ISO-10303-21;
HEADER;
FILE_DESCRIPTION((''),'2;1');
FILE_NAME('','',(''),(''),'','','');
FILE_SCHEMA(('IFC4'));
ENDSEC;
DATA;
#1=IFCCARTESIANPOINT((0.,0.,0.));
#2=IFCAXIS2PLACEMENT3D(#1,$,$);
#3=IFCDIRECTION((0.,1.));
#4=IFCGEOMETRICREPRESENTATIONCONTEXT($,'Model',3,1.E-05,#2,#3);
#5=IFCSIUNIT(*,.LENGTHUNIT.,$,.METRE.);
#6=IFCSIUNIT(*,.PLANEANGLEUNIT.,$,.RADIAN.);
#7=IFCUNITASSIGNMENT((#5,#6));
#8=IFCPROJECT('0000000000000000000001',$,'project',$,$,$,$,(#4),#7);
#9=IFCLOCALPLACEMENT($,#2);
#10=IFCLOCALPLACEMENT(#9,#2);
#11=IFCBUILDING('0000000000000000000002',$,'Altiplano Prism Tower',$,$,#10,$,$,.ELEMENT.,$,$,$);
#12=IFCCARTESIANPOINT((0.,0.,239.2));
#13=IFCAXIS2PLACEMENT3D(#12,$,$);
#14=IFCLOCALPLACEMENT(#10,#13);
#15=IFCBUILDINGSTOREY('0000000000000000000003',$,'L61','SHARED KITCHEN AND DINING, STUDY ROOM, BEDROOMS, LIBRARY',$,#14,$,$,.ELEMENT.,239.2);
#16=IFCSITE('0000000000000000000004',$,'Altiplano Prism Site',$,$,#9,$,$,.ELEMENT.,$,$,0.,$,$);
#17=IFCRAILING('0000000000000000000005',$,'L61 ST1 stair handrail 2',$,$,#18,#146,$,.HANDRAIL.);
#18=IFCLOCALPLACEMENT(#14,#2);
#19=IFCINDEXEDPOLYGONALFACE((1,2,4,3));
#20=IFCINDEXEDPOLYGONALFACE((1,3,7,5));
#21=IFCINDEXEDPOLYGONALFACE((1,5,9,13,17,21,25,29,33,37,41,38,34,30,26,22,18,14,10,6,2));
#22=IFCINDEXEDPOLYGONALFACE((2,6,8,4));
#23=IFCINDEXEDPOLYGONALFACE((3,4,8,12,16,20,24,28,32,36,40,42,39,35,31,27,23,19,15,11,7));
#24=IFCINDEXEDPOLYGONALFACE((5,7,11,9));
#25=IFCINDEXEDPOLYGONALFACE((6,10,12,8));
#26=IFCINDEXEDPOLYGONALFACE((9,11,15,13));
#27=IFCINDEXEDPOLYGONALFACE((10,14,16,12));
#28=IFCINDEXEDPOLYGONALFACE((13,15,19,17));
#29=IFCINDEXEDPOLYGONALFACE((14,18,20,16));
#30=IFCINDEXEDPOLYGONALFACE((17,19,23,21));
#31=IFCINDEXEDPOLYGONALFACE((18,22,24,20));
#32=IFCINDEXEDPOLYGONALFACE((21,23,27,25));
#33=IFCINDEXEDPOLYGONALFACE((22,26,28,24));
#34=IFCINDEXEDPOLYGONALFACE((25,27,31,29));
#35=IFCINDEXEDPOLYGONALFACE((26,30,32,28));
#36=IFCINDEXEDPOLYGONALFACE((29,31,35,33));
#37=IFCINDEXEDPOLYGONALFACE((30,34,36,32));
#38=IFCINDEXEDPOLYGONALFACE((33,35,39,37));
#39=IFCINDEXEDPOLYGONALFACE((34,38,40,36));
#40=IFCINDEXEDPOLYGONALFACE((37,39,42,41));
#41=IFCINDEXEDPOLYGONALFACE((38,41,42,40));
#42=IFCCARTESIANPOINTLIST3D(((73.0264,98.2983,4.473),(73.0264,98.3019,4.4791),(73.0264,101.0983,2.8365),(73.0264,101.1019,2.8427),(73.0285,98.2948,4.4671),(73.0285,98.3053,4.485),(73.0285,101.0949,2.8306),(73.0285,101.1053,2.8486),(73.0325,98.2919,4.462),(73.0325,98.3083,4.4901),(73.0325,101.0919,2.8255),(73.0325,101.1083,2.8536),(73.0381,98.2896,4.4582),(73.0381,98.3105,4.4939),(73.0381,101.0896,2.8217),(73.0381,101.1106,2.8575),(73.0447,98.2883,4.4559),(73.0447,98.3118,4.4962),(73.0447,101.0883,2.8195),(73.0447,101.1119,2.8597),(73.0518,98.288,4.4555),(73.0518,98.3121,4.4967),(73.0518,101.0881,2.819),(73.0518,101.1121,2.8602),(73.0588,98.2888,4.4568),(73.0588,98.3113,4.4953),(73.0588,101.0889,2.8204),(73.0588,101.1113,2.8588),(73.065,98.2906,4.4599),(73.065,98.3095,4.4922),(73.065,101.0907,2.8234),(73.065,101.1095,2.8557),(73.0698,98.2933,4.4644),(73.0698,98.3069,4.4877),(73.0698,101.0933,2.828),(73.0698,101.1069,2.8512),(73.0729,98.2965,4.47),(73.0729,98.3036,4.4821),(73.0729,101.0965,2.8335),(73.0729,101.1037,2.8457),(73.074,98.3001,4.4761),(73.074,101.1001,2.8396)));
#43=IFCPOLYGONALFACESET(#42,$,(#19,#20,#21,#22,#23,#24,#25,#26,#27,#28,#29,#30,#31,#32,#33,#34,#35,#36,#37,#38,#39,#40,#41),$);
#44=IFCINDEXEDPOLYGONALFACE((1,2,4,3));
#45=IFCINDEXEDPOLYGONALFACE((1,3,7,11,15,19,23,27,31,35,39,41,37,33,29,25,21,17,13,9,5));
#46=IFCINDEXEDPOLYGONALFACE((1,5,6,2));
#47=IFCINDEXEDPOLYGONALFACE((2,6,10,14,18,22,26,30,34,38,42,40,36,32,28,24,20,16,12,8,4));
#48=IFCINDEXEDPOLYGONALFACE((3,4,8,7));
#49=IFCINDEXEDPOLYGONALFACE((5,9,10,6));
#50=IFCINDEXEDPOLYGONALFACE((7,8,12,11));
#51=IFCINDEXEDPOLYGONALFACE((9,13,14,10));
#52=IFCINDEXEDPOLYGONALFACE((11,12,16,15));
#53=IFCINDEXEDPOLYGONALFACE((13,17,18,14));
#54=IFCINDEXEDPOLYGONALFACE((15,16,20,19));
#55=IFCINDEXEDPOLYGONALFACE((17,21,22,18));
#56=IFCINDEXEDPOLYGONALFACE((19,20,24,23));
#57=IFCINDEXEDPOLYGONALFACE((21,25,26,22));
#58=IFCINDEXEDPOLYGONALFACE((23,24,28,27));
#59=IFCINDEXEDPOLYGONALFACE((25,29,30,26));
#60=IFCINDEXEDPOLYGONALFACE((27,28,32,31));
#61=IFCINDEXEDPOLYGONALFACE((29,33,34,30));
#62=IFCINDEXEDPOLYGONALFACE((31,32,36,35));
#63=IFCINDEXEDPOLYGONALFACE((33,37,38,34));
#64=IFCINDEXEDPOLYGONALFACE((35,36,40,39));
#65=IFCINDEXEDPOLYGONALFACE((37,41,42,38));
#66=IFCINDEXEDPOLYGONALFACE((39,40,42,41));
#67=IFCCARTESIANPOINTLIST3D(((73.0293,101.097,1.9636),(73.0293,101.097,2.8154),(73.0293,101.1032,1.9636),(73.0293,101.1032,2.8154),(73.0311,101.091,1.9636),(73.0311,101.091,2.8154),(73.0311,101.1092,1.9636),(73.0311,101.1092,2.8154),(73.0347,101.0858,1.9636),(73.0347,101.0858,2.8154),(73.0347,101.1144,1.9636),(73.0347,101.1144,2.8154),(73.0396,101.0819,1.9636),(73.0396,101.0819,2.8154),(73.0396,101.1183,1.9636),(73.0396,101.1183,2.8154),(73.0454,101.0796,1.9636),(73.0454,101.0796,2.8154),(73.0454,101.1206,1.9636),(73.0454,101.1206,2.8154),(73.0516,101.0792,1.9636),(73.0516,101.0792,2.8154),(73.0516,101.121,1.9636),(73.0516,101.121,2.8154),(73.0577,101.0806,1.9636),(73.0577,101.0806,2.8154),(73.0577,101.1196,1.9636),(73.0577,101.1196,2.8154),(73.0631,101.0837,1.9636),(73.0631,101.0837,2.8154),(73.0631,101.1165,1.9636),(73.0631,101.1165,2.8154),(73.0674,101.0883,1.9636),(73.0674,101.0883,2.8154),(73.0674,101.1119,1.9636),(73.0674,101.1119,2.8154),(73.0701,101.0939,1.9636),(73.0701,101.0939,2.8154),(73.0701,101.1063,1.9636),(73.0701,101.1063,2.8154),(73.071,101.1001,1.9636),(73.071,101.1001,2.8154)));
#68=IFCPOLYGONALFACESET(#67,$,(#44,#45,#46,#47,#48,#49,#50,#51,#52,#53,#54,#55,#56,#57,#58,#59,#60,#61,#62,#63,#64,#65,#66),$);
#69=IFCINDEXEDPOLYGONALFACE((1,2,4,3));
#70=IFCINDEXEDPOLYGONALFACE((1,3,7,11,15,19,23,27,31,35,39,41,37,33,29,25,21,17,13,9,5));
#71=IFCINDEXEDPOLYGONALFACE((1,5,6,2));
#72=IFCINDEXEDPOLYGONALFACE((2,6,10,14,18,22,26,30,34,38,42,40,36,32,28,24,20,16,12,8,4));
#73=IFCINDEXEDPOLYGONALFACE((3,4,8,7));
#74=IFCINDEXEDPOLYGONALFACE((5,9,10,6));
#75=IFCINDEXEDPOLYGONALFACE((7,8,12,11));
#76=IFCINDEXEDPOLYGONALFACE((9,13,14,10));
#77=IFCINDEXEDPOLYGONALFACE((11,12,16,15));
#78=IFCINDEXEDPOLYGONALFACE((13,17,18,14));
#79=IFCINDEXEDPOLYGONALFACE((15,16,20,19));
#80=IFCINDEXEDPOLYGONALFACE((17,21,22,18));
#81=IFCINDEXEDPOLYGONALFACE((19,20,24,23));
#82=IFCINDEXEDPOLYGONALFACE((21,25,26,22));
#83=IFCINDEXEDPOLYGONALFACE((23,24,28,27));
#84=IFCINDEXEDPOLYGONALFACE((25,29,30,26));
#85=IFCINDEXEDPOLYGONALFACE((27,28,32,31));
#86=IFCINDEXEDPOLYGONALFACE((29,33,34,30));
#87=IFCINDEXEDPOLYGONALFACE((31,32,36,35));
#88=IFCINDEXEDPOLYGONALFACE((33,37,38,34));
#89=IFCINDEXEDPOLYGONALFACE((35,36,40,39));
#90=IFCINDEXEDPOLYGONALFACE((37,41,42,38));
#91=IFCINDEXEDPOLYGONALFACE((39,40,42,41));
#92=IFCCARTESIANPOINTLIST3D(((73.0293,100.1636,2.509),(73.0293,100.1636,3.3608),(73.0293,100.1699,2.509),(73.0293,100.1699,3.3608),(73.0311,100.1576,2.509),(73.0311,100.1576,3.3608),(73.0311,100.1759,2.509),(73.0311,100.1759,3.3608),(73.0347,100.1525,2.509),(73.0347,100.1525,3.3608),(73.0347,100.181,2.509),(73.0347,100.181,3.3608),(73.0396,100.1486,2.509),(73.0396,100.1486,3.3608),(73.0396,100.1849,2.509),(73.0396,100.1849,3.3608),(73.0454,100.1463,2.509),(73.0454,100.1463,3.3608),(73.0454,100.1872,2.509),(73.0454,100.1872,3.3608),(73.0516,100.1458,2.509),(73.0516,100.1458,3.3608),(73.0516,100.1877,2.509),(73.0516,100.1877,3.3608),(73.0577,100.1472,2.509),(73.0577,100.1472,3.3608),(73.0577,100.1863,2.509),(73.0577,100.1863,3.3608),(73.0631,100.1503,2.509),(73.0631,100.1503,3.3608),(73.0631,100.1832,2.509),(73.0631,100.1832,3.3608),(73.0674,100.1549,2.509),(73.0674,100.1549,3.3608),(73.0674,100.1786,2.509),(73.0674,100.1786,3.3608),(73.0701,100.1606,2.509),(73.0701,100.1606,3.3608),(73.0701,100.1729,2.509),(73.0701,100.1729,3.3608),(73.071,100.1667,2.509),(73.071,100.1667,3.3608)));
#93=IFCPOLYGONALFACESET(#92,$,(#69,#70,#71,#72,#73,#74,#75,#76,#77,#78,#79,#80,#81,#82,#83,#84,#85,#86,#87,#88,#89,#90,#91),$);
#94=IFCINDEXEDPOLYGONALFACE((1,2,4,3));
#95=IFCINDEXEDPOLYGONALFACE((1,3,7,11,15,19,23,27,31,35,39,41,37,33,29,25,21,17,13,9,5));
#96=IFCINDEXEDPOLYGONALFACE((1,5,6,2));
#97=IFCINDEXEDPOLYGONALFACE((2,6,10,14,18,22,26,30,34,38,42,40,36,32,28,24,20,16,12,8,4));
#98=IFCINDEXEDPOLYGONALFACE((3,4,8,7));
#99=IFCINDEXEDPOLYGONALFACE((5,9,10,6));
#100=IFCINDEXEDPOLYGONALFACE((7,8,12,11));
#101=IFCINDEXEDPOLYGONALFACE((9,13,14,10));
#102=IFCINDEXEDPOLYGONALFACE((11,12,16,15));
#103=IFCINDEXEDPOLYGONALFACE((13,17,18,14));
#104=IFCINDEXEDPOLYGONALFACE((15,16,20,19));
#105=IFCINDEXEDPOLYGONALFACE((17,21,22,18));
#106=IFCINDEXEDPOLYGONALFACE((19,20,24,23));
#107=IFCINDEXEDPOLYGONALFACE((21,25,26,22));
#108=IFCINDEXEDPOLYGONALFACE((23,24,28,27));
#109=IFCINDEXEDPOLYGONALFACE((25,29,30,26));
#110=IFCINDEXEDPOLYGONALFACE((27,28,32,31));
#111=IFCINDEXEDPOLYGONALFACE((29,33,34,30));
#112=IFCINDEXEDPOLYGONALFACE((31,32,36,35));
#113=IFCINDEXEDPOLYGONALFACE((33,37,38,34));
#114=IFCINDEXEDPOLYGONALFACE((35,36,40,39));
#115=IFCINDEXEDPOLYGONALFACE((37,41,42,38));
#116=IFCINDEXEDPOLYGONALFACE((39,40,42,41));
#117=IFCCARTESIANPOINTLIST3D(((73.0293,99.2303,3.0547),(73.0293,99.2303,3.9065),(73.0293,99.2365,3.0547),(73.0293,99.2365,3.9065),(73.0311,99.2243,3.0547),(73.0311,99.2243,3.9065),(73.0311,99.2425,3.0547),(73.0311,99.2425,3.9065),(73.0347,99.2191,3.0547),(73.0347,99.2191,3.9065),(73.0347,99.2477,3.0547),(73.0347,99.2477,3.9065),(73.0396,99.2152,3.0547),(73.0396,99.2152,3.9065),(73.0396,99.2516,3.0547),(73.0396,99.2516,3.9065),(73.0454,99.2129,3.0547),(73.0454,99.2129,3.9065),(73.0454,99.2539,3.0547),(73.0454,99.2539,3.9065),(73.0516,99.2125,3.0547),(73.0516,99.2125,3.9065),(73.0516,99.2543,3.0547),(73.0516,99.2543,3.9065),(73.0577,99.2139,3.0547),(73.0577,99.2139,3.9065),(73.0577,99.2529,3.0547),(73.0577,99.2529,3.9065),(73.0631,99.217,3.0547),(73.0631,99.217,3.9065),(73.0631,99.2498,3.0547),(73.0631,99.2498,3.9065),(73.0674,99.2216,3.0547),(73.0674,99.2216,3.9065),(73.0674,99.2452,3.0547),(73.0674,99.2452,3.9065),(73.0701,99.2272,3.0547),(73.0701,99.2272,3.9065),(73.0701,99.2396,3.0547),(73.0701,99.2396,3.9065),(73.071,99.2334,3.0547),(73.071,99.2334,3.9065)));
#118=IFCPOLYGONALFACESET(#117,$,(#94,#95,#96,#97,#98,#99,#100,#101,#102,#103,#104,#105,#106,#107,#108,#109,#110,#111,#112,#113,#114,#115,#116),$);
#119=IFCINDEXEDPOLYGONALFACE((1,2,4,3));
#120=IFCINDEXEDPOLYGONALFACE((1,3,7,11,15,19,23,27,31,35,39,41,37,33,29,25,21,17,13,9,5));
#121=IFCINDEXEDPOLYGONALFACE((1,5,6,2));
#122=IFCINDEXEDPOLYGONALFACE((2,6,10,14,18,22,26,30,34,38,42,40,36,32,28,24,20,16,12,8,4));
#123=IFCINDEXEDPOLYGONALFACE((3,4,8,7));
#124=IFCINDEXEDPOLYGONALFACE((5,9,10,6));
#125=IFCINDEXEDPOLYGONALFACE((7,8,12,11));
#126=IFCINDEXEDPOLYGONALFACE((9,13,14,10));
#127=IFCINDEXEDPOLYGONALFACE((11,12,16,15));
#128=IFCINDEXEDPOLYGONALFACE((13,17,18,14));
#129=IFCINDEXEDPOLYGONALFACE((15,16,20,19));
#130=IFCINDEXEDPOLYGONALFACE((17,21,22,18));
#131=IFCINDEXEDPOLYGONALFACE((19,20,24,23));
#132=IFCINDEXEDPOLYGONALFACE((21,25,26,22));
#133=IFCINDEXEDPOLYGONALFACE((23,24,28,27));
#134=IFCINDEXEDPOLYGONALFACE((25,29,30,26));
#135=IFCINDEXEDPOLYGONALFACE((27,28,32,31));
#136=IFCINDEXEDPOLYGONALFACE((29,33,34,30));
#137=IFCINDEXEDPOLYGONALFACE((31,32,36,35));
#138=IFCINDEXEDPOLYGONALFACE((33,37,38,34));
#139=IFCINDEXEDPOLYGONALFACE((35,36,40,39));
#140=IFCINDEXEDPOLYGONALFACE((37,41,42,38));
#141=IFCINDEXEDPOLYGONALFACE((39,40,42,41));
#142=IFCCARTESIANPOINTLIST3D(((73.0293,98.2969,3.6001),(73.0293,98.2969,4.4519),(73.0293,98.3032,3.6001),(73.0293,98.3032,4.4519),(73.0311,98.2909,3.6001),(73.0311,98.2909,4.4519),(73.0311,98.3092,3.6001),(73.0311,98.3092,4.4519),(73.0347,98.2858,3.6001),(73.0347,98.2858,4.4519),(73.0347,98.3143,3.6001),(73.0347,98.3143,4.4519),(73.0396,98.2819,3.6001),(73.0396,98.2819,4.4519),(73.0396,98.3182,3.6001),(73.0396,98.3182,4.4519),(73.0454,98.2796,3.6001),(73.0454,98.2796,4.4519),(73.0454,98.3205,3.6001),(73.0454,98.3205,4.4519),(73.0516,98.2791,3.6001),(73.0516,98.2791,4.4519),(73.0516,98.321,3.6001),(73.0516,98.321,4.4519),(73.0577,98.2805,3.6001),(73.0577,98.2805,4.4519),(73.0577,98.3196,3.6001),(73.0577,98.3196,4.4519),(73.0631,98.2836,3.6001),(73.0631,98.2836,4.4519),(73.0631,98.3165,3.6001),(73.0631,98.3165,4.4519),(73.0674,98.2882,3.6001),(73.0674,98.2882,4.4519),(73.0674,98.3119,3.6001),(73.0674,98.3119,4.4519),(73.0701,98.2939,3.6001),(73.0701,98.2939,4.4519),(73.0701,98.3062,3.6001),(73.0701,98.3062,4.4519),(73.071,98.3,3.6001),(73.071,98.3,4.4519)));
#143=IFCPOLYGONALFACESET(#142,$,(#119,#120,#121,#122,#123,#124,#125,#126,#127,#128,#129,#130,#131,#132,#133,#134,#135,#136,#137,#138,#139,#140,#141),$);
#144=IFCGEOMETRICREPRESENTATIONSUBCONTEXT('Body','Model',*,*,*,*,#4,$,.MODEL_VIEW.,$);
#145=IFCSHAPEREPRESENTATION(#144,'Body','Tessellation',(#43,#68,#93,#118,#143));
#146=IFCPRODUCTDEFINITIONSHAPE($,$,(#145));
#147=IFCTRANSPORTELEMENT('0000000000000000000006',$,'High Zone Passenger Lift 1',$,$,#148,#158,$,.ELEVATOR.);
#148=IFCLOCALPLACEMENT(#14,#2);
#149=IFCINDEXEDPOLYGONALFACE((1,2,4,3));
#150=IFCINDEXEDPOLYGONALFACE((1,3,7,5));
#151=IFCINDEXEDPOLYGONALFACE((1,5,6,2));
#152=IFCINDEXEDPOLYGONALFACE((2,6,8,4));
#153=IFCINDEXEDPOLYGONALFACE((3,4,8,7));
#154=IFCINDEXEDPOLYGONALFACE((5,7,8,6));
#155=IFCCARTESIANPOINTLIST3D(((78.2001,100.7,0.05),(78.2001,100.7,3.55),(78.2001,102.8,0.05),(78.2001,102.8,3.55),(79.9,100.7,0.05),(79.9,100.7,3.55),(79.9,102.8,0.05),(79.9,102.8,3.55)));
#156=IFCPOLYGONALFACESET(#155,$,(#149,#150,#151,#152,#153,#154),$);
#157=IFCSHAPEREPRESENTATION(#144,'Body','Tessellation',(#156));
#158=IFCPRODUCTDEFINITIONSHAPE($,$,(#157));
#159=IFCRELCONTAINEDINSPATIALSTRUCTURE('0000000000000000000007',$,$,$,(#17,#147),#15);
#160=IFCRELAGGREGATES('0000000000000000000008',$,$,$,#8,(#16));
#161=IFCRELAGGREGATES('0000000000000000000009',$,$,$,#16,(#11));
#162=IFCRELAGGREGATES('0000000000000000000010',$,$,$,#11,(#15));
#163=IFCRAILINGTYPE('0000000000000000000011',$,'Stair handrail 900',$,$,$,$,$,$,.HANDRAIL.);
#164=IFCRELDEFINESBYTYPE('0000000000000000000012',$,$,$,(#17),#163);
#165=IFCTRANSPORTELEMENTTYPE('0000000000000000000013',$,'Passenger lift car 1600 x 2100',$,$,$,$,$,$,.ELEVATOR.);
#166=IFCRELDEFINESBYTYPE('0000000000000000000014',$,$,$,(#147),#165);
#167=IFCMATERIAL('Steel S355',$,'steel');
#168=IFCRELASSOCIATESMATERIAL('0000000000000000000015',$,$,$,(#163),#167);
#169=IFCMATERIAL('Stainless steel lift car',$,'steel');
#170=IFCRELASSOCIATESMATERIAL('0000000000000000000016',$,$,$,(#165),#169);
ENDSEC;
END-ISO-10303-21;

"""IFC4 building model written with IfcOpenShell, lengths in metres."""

from ifc_helpers import new_model, si_unit, direction, frame, origin, origin_2d, place, context, subcontext, project, spatial, rectangle, circle, extrude, material, type_object, element, save


model = new_model("IFC4")

# Units and contexts
model_context = context("Model", 3, precision=1e-05, world=origin(), true_north=direction((0.0, 1.0)))
body_context = subcontext(model_context, "Body", "Model", "MODEL_VIEW")
ifc_project = project(units=[si_unit("LENGTHUNIT", "METRE"), si_unit("PLANEANGLEUNIT", "RADIAN")], contexts=[model_context])

# Site, building, storey
site_placement = place(None, origin())
site = spatial("IfcSite", under=ifc_project, at=site_placement, Name="Altiplano Prism Site", CompositionType="ELEMENT", RefElevation=0.0)
building_placement = place(site_placement, origin())
building = spatial("IfcBuilding", under=site, at=building_placement, Name="Altiplano Prism Tower", CompositionType="ELEMENT")
storey_placement = place(building_placement, frame((0.0, 0.0, 239.2)))
storey = spatial("IfcBuildingStorey", under=building, at=storey_placement, Name="L61", Description="SHARED KITCHEN AND DINING, STUDY ROOM, BEDROOMS, LIBRARY", CompositionType="ELEMENT", Elevation=239.2)

# Railing
ifc_material_1 = material(Name="Steel S355", Category="steel")
railing_type_1 = type_object("IfcRailingType", Name="Stair handrail 900", PredefinedType="HANDRAIL", material=ifc_material_1)
railing_1_placement = place(storey_placement, frame((73.05, 101.1001, 1.9636)))
element("IfcRailing", 1, at=railing_1_placement, inside=storey, type_object=railing_type_1, Name="L61 ST1 stair handrail 2", PredefinedType="HANDRAIL", context=body_context, shape_type="SweptSolid", body=[
    extrude(circle(Radius=0.0239, at=origin_2d()), frame((0.0, 0.0, 0.876), z_axis=(0.0, -0.863361, 0.504587), x_axis=(1.0, 0.0, 0.0)), (0.0, 0.0, 1.0), 3.2432),
    extrude(circle(Radius=0.021, at=origin_2d()), origin(), (0.0, 0.0, 1.0), 0.8518),
    extrude(circle(Radius=0.021, at=origin_2d()), frame((0.0, -0.9333, 0.5454)), (0.0, 0.0, 1.0), 0.8518),
    extrude(circle(Radius=0.021, at=origin_2d()), frame((0.0, -1.8667, 1.0911)), (0.0, 0.0, 1.0), 0.8518),
    extrude(circle(Radius=0.021, at=origin_2d()), frame((0.0, -2.8, 1.6365)), (0.0, 0.0, 1.0), 0.8518),
])

# Transport element
ifc_material_2 = material(Name="Stainless steel lift car", Category="steel")
transport_element_type = type_object("IfcTransportElementType", Name="Passenger lift car 1600 x 2100", PredefinedType="ELEVATOR", material=ifc_material_2)
transport_element_placement = place(storey_placement, frame((79.05, 101.75, 0.05), z_axis=(0.0, 0.0, 1.0), x_axis=(1.0, 0.0, 0.0)))
element("IfcTransportElement", 2, at=transport_element_placement, inside=storey, type_object=transport_element_type, Name="High Zone Passenger Lift 1", PredefinedType="ELEVATOR", context=body_context, shape_type="SweptSolid", body=[
    extrude(rectangle(XDim=1.7, YDim=2.1001, at=origin_2d()), origin(), (0.0, 0.0, 1.0), 3.5),
])

save(model, "model.ifc")
